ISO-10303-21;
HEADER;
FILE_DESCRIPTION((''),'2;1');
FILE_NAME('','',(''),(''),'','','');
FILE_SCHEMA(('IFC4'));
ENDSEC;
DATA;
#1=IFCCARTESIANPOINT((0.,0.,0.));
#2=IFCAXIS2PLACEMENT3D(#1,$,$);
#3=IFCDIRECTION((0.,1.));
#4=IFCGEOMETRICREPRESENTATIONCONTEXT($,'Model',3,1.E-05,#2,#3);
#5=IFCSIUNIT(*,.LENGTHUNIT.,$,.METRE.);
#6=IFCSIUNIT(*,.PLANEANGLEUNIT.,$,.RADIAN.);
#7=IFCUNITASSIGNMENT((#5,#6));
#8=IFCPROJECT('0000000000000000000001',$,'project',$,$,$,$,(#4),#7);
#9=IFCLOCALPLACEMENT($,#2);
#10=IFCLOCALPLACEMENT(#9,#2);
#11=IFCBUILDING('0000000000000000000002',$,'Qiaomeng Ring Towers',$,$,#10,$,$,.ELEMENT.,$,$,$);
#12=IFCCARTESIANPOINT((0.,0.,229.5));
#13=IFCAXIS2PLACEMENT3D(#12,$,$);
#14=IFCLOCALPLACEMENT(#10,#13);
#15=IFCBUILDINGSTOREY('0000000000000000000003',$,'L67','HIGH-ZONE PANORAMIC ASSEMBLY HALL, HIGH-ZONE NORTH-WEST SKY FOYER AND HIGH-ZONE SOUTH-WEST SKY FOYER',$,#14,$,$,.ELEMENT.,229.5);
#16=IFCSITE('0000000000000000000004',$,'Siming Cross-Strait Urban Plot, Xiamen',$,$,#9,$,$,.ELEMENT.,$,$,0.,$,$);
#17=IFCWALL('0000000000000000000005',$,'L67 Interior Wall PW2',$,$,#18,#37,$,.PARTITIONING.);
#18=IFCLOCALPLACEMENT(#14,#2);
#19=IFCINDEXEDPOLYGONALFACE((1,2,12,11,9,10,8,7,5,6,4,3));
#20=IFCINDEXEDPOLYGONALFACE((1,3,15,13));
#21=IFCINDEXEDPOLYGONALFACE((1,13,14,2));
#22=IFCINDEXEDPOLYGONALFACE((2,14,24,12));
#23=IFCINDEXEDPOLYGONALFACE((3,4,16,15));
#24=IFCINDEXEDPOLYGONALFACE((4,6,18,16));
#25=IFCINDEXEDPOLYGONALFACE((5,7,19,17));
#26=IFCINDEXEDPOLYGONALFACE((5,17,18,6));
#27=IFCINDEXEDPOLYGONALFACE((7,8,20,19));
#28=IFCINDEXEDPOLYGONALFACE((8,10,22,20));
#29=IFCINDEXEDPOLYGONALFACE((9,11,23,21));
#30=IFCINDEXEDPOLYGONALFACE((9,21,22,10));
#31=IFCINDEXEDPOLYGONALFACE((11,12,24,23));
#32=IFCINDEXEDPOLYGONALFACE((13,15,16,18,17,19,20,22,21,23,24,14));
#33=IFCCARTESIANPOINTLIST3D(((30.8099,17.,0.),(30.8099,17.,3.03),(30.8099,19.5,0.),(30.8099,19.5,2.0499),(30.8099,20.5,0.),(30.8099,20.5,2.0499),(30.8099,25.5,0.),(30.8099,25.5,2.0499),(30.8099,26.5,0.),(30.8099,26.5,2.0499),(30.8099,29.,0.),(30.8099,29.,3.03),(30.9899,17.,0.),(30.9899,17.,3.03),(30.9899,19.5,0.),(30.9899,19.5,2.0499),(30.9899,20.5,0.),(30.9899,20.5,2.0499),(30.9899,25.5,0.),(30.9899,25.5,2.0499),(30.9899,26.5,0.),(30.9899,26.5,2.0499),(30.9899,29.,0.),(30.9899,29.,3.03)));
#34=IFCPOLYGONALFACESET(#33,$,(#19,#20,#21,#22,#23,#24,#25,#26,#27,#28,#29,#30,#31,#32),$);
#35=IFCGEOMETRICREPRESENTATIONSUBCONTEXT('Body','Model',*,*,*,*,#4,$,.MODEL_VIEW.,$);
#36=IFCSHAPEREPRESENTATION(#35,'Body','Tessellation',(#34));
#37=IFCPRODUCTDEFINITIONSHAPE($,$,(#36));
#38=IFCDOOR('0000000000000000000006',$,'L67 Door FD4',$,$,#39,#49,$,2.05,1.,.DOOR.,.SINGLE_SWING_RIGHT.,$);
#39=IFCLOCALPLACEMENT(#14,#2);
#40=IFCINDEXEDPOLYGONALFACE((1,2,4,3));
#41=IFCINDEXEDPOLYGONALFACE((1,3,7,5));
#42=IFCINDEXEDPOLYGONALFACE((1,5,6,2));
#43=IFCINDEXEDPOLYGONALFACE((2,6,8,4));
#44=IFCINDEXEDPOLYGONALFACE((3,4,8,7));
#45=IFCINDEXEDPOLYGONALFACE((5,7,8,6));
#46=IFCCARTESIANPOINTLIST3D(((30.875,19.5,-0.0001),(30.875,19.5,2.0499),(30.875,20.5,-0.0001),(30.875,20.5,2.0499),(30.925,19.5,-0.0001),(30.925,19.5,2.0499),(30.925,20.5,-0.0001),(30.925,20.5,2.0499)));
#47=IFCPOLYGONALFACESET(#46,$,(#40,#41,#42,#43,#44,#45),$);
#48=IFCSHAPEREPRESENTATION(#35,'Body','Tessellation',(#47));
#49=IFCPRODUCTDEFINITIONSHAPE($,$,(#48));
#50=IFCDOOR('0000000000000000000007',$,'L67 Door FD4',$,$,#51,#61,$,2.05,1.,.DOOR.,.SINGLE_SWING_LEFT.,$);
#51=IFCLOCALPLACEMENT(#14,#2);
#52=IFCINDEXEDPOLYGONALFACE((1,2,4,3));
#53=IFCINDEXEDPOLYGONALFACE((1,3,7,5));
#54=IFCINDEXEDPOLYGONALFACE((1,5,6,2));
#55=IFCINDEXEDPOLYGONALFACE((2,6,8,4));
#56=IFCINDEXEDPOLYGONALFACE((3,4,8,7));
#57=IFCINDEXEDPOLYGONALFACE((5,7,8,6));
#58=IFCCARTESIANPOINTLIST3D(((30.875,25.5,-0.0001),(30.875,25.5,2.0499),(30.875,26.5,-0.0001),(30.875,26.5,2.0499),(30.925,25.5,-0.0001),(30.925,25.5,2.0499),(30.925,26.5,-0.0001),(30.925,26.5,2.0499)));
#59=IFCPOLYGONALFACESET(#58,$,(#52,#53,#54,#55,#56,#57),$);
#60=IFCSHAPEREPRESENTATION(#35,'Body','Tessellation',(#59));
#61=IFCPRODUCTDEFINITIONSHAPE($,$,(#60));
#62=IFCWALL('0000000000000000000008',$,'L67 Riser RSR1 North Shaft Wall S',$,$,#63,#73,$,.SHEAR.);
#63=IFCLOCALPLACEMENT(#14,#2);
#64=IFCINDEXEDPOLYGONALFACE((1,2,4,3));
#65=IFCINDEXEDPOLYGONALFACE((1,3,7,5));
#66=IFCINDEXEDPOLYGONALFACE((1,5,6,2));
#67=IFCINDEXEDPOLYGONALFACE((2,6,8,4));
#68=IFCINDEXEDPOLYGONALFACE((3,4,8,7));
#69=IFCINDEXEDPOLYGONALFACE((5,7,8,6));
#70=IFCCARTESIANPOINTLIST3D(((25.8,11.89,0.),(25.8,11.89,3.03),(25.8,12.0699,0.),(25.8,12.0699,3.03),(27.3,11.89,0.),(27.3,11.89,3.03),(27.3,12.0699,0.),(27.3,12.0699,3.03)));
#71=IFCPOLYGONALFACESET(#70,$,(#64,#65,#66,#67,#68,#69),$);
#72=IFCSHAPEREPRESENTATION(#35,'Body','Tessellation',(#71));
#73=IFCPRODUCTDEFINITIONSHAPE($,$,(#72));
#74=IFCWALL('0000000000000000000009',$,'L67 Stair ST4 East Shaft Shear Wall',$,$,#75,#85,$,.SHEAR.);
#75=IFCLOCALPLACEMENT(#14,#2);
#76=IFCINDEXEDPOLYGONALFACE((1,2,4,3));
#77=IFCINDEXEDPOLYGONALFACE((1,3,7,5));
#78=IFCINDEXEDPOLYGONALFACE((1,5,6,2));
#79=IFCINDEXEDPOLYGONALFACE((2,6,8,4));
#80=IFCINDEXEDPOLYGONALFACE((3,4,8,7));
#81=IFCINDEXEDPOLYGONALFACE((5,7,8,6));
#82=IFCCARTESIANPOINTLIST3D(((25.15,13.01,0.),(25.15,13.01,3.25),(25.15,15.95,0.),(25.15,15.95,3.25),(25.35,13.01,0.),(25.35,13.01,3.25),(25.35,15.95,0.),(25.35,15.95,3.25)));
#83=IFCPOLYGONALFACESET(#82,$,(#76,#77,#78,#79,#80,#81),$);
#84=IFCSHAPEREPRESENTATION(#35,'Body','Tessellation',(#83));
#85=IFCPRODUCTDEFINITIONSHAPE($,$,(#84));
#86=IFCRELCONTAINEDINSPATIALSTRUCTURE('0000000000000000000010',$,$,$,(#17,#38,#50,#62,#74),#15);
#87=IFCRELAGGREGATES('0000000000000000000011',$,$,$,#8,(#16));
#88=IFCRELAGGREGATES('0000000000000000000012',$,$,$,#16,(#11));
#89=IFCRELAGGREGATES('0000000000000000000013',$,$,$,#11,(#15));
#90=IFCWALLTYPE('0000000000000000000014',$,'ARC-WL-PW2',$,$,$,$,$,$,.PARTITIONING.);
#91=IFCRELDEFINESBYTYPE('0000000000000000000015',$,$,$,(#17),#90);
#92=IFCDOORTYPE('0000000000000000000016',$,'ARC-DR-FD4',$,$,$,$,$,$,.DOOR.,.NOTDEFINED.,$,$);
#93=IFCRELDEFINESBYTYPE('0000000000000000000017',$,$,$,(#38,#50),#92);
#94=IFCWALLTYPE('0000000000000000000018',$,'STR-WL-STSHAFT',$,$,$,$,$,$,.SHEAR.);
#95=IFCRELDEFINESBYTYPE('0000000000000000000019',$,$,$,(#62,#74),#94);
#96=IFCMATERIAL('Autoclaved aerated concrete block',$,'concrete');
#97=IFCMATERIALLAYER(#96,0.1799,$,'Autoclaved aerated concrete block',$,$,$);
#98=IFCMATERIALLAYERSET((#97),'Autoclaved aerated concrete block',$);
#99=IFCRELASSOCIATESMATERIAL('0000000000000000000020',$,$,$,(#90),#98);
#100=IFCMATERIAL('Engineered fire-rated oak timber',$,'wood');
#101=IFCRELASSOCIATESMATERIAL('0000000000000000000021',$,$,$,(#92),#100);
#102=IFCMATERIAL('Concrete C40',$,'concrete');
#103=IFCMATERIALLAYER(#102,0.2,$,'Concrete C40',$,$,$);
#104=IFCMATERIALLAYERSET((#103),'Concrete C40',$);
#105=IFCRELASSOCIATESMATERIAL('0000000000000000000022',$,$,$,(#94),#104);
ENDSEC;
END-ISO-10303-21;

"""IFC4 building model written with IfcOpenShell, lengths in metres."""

from ifc_helpers import new_model, si_unit, direction, frame, frame_2d, origin, place, context, subcontext, project, spatial, rectangle, extrude, source, transform, mapped, material, layer, layer_set, type_object, element, fill, save


model = new_model("IFC4")

# Units and contexts
model_context = context("Model", 3, precision=1e-05, world=origin(), true_north=direction((0.0, 1.0)))
body_context = subcontext(model_context, "Body", "Model", "MODEL_VIEW")
ifc_project = project(units=[si_unit("LENGTHUNIT", "METRE"), si_unit("PLANEANGLEUNIT", "RADIAN")], contexts=[model_context])

# Site, building, storey
site_placement = place(None, origin())
site = spatial("IfcSite", under=ifc_project, at=site_placement, Name="Siming Cross-Strait Urban Plot, Xiamen", CompositionType="ELEMENT", RefElevation=0.0)
building_placement = place(site_placement, origin())
building = spatial("IfcBuilding", under=site, at=building_placement, Name="Qiaomeng Ring Towers", CompositionType="ELEMENT")
storey_placement = place(building_placement, frame((0.0, 0.0, 229.5)))
storey = spatial("IfcBuildingStorey", under=building, at=storey_placement, Name="L67", Description="HIGH-ZONE PANORAMIC ASSEMBLY HALL, HIGH-ZONE NORTH-WEST SKY FOYER AND HIGH-ZONE SOUTH-WEST SKY FOYER", CompositionType="ELEMENT", Elevation=229.5)

# Shared definitions
ifc_material_1 = material(Name="Concrete C40", Category="concrete")

# Shared definitions
ifc_material_2 = material(Name="Autoclaved aerated concrete block", Category="concrete")

# Wall, openings, doors
ifc_layer_1 = layer(ifc_material_2, 0.1799, Name="Autoclaved aerated concrete block")
ifc_layer_set_1 = layer_set([ifc_layer_1], Name="Autoclaved aerated concrete block")
wall_type_1 = type_object("IfcWallType", Name="ARC-WL-PW2", PredefinedType="PARTITIONING", material=ifc_layer_set_1)
wall_1_placement = place(storey_placement, frame((30.8999, 17.0, 0.0), z_axis=(0.0, 0.0, 1.0), x_axis=(0.0, 1.0, 0.0)))
wall_1 = element("IfcWall", 1, at=wall_1_placement, inside=storey, type_object=wall_type_1, Name="L67 Interior Wall PW2", PredefinedType="PARTITIONING", context=body_context, shape_type="SweptSolid", body=[
    extrude(rectangle(XDim=12.0, YDim=0.1799, at=frame_2d((6.0, 0.0))), origin(), (0.0, 0.0, 1.0), 3.03),
])
opening_1_placement = place(wall_1_placement, frame((2.5, 0.0, 0.0)))
opening_1 = element("IfcOpeningElement", 2, at=opening_1_placement, cuts=wall_1, PredefinedType="OPENING", context=body_context, shape_type="SweptSolid", body=[
    extrude(rectangle(XDim=1.0, YDim=2.05, at=frame_2d((0.5, 1.0249))), frame((0.0, 0.0999, 0.0), z_axis=(0.0, -1.0, 0.0), x_axis=(1.0, 0.0, 0.0)), (0.0, 0.0, 1.0), 0.2),
])
opening_2_placement = place(wall_1_placement, frame((8.5, 0.0, 0.0)))
opening_2 = element("IfcOpeningElement", 3, at=opening_2_placement, cuts=wall_1, PredefinedType="OPENING", context=body_context, shape_type="SweptSolid", body=[
    extrude(rectangle(XDim=1.0, YDim=2.05, at=frame_2d((0.5, 1.0249))), frame((0.0, 0.0999, 0.0), z_axis=(0.0, -1.0, 0.0), x_axis=(1.0, 0.0, 0.0)), (0.0, 0.0, 1.0), 0.2),
])
ifc_material_3 = material(Name="Engineered fire-rated oak timber", Category="wood")
door_type_1 = type_object("IfcDoorType", Name="ARC-DR-FD4", OperationType="NOTDEFINED", PredefinedType="DOOR", material=ifc_material_3)
shared_shape_1 = source(origin(), body_context, "Body", "SweptSolid", [
    extrude(rectangle(XDim=1.0, YDim=2.05, at=frame_2d((0.5, 1.0249))), frame((0.0, 0.0249, 0.0), z_axis=(0.0, -1.0, 0.0), x_axis=(1.0, 0.0, 0.0)), (0.0, 0.0, 1.0), 0.05),
])
door_1_placement = place(opening_1_placement, origin())
door_1 = element("IfcDoor", 4, at=door_1_placement, inside=storey, type_object=door_type_1, Name="L67 Door FD4", OperationType="SINGLE_SWING_RIGHT", OverallHeight=2.05, OverallWidth=1.0, PredefinedType="DOOR", context=body_context, shape_type="MappedRepresentation", body=[
    mapped(shared_shape_1, transform((0.0, 0.0, 0.0), x_axis=(1.0, 0.0, 0.0), y_axis=(0.0, 1.0, 0.0), z_axis=(0.0, 0.0, 1.0), scale=1.0)),
])
fill(opening_1, door_1)
door_2_placement = place(opening_2_placement, origin())
door_2 = element("IfcDoor", 5, at=door_2_placement, inside=storey, type_object=door_type_1, Name="L67 Door FD4", OperationType="SINGLE_SWING_LEFT", OverallHeight=2.05, OverallWidth=1.0, PredefinedType="DOOR", context=body_context, shape_type="MappedRepresentation", body=[
    mapped(shared_shape_1, transform((0.0, 0.0, 0.0), x_axis=(1.0, 0.0, 0.0), y_axis=(0.0, 1.0, 0.0), z_axis=(0.0, 0.0, 1.0), scale=1.0)),
])
fill(opening_2, door_2)

# Walls
ifc_layer_2 = layer(ifc_material_1, 0.2, Name="Concrete C40")
ifc_layer_set_2 = layer_set([ifc_layer_2], Name="Concrete C40")
wall_type_2 = type_object("IfcWallType", Name="STR-WL-STSHAFT", PredefinedType="SHEAR", material=ifc_layer_set_2)
wall_2_placement = place(storey_placement, frame((25.8, 11.98, 0.0), z_axis=(0.0, 0.0, 1.0), x_axis=(1.0, 0.0, 0.0)))
element("IfcWall", 6, at=wall_2_placement, inside=storey, type_object=wall_type_2, Name="L67 Riser RSR1 North Shaft Wall S", PredefinedType="SHEAR", context=body_context, shape_type="SweptSolid", body=[
    extrude(rectangle(XDim=1.5, YDim=0.1799, at=frame_2d((0.75, 0.0))), origin(), (0.0, 0.0, 1.0), 3.03),
])
wall_3_placement = place(storey_placement, frame((25.25, 13.01, 0.0), z_axis=(0.0, 0.0, 1.0), x_axis=(0.0, 1.0, 0.0)))
element("IfcWall", 7, at=wall_3_placement, inside=storey, type_object=wall_type_2, Name="L67 Stair ST4 East Shaft Shear Wall", PredefinedType="SHEAR", context=body_context, shape_type="SweptSolid", body=[
    extrude(rectangle(XDim=2.9399, YDim=0.2, at=frame_2d((1.47, 0.0))), origin(), (0.0, 0.0, 1.0), 3.25),
])

save(model, "model.ifc")
